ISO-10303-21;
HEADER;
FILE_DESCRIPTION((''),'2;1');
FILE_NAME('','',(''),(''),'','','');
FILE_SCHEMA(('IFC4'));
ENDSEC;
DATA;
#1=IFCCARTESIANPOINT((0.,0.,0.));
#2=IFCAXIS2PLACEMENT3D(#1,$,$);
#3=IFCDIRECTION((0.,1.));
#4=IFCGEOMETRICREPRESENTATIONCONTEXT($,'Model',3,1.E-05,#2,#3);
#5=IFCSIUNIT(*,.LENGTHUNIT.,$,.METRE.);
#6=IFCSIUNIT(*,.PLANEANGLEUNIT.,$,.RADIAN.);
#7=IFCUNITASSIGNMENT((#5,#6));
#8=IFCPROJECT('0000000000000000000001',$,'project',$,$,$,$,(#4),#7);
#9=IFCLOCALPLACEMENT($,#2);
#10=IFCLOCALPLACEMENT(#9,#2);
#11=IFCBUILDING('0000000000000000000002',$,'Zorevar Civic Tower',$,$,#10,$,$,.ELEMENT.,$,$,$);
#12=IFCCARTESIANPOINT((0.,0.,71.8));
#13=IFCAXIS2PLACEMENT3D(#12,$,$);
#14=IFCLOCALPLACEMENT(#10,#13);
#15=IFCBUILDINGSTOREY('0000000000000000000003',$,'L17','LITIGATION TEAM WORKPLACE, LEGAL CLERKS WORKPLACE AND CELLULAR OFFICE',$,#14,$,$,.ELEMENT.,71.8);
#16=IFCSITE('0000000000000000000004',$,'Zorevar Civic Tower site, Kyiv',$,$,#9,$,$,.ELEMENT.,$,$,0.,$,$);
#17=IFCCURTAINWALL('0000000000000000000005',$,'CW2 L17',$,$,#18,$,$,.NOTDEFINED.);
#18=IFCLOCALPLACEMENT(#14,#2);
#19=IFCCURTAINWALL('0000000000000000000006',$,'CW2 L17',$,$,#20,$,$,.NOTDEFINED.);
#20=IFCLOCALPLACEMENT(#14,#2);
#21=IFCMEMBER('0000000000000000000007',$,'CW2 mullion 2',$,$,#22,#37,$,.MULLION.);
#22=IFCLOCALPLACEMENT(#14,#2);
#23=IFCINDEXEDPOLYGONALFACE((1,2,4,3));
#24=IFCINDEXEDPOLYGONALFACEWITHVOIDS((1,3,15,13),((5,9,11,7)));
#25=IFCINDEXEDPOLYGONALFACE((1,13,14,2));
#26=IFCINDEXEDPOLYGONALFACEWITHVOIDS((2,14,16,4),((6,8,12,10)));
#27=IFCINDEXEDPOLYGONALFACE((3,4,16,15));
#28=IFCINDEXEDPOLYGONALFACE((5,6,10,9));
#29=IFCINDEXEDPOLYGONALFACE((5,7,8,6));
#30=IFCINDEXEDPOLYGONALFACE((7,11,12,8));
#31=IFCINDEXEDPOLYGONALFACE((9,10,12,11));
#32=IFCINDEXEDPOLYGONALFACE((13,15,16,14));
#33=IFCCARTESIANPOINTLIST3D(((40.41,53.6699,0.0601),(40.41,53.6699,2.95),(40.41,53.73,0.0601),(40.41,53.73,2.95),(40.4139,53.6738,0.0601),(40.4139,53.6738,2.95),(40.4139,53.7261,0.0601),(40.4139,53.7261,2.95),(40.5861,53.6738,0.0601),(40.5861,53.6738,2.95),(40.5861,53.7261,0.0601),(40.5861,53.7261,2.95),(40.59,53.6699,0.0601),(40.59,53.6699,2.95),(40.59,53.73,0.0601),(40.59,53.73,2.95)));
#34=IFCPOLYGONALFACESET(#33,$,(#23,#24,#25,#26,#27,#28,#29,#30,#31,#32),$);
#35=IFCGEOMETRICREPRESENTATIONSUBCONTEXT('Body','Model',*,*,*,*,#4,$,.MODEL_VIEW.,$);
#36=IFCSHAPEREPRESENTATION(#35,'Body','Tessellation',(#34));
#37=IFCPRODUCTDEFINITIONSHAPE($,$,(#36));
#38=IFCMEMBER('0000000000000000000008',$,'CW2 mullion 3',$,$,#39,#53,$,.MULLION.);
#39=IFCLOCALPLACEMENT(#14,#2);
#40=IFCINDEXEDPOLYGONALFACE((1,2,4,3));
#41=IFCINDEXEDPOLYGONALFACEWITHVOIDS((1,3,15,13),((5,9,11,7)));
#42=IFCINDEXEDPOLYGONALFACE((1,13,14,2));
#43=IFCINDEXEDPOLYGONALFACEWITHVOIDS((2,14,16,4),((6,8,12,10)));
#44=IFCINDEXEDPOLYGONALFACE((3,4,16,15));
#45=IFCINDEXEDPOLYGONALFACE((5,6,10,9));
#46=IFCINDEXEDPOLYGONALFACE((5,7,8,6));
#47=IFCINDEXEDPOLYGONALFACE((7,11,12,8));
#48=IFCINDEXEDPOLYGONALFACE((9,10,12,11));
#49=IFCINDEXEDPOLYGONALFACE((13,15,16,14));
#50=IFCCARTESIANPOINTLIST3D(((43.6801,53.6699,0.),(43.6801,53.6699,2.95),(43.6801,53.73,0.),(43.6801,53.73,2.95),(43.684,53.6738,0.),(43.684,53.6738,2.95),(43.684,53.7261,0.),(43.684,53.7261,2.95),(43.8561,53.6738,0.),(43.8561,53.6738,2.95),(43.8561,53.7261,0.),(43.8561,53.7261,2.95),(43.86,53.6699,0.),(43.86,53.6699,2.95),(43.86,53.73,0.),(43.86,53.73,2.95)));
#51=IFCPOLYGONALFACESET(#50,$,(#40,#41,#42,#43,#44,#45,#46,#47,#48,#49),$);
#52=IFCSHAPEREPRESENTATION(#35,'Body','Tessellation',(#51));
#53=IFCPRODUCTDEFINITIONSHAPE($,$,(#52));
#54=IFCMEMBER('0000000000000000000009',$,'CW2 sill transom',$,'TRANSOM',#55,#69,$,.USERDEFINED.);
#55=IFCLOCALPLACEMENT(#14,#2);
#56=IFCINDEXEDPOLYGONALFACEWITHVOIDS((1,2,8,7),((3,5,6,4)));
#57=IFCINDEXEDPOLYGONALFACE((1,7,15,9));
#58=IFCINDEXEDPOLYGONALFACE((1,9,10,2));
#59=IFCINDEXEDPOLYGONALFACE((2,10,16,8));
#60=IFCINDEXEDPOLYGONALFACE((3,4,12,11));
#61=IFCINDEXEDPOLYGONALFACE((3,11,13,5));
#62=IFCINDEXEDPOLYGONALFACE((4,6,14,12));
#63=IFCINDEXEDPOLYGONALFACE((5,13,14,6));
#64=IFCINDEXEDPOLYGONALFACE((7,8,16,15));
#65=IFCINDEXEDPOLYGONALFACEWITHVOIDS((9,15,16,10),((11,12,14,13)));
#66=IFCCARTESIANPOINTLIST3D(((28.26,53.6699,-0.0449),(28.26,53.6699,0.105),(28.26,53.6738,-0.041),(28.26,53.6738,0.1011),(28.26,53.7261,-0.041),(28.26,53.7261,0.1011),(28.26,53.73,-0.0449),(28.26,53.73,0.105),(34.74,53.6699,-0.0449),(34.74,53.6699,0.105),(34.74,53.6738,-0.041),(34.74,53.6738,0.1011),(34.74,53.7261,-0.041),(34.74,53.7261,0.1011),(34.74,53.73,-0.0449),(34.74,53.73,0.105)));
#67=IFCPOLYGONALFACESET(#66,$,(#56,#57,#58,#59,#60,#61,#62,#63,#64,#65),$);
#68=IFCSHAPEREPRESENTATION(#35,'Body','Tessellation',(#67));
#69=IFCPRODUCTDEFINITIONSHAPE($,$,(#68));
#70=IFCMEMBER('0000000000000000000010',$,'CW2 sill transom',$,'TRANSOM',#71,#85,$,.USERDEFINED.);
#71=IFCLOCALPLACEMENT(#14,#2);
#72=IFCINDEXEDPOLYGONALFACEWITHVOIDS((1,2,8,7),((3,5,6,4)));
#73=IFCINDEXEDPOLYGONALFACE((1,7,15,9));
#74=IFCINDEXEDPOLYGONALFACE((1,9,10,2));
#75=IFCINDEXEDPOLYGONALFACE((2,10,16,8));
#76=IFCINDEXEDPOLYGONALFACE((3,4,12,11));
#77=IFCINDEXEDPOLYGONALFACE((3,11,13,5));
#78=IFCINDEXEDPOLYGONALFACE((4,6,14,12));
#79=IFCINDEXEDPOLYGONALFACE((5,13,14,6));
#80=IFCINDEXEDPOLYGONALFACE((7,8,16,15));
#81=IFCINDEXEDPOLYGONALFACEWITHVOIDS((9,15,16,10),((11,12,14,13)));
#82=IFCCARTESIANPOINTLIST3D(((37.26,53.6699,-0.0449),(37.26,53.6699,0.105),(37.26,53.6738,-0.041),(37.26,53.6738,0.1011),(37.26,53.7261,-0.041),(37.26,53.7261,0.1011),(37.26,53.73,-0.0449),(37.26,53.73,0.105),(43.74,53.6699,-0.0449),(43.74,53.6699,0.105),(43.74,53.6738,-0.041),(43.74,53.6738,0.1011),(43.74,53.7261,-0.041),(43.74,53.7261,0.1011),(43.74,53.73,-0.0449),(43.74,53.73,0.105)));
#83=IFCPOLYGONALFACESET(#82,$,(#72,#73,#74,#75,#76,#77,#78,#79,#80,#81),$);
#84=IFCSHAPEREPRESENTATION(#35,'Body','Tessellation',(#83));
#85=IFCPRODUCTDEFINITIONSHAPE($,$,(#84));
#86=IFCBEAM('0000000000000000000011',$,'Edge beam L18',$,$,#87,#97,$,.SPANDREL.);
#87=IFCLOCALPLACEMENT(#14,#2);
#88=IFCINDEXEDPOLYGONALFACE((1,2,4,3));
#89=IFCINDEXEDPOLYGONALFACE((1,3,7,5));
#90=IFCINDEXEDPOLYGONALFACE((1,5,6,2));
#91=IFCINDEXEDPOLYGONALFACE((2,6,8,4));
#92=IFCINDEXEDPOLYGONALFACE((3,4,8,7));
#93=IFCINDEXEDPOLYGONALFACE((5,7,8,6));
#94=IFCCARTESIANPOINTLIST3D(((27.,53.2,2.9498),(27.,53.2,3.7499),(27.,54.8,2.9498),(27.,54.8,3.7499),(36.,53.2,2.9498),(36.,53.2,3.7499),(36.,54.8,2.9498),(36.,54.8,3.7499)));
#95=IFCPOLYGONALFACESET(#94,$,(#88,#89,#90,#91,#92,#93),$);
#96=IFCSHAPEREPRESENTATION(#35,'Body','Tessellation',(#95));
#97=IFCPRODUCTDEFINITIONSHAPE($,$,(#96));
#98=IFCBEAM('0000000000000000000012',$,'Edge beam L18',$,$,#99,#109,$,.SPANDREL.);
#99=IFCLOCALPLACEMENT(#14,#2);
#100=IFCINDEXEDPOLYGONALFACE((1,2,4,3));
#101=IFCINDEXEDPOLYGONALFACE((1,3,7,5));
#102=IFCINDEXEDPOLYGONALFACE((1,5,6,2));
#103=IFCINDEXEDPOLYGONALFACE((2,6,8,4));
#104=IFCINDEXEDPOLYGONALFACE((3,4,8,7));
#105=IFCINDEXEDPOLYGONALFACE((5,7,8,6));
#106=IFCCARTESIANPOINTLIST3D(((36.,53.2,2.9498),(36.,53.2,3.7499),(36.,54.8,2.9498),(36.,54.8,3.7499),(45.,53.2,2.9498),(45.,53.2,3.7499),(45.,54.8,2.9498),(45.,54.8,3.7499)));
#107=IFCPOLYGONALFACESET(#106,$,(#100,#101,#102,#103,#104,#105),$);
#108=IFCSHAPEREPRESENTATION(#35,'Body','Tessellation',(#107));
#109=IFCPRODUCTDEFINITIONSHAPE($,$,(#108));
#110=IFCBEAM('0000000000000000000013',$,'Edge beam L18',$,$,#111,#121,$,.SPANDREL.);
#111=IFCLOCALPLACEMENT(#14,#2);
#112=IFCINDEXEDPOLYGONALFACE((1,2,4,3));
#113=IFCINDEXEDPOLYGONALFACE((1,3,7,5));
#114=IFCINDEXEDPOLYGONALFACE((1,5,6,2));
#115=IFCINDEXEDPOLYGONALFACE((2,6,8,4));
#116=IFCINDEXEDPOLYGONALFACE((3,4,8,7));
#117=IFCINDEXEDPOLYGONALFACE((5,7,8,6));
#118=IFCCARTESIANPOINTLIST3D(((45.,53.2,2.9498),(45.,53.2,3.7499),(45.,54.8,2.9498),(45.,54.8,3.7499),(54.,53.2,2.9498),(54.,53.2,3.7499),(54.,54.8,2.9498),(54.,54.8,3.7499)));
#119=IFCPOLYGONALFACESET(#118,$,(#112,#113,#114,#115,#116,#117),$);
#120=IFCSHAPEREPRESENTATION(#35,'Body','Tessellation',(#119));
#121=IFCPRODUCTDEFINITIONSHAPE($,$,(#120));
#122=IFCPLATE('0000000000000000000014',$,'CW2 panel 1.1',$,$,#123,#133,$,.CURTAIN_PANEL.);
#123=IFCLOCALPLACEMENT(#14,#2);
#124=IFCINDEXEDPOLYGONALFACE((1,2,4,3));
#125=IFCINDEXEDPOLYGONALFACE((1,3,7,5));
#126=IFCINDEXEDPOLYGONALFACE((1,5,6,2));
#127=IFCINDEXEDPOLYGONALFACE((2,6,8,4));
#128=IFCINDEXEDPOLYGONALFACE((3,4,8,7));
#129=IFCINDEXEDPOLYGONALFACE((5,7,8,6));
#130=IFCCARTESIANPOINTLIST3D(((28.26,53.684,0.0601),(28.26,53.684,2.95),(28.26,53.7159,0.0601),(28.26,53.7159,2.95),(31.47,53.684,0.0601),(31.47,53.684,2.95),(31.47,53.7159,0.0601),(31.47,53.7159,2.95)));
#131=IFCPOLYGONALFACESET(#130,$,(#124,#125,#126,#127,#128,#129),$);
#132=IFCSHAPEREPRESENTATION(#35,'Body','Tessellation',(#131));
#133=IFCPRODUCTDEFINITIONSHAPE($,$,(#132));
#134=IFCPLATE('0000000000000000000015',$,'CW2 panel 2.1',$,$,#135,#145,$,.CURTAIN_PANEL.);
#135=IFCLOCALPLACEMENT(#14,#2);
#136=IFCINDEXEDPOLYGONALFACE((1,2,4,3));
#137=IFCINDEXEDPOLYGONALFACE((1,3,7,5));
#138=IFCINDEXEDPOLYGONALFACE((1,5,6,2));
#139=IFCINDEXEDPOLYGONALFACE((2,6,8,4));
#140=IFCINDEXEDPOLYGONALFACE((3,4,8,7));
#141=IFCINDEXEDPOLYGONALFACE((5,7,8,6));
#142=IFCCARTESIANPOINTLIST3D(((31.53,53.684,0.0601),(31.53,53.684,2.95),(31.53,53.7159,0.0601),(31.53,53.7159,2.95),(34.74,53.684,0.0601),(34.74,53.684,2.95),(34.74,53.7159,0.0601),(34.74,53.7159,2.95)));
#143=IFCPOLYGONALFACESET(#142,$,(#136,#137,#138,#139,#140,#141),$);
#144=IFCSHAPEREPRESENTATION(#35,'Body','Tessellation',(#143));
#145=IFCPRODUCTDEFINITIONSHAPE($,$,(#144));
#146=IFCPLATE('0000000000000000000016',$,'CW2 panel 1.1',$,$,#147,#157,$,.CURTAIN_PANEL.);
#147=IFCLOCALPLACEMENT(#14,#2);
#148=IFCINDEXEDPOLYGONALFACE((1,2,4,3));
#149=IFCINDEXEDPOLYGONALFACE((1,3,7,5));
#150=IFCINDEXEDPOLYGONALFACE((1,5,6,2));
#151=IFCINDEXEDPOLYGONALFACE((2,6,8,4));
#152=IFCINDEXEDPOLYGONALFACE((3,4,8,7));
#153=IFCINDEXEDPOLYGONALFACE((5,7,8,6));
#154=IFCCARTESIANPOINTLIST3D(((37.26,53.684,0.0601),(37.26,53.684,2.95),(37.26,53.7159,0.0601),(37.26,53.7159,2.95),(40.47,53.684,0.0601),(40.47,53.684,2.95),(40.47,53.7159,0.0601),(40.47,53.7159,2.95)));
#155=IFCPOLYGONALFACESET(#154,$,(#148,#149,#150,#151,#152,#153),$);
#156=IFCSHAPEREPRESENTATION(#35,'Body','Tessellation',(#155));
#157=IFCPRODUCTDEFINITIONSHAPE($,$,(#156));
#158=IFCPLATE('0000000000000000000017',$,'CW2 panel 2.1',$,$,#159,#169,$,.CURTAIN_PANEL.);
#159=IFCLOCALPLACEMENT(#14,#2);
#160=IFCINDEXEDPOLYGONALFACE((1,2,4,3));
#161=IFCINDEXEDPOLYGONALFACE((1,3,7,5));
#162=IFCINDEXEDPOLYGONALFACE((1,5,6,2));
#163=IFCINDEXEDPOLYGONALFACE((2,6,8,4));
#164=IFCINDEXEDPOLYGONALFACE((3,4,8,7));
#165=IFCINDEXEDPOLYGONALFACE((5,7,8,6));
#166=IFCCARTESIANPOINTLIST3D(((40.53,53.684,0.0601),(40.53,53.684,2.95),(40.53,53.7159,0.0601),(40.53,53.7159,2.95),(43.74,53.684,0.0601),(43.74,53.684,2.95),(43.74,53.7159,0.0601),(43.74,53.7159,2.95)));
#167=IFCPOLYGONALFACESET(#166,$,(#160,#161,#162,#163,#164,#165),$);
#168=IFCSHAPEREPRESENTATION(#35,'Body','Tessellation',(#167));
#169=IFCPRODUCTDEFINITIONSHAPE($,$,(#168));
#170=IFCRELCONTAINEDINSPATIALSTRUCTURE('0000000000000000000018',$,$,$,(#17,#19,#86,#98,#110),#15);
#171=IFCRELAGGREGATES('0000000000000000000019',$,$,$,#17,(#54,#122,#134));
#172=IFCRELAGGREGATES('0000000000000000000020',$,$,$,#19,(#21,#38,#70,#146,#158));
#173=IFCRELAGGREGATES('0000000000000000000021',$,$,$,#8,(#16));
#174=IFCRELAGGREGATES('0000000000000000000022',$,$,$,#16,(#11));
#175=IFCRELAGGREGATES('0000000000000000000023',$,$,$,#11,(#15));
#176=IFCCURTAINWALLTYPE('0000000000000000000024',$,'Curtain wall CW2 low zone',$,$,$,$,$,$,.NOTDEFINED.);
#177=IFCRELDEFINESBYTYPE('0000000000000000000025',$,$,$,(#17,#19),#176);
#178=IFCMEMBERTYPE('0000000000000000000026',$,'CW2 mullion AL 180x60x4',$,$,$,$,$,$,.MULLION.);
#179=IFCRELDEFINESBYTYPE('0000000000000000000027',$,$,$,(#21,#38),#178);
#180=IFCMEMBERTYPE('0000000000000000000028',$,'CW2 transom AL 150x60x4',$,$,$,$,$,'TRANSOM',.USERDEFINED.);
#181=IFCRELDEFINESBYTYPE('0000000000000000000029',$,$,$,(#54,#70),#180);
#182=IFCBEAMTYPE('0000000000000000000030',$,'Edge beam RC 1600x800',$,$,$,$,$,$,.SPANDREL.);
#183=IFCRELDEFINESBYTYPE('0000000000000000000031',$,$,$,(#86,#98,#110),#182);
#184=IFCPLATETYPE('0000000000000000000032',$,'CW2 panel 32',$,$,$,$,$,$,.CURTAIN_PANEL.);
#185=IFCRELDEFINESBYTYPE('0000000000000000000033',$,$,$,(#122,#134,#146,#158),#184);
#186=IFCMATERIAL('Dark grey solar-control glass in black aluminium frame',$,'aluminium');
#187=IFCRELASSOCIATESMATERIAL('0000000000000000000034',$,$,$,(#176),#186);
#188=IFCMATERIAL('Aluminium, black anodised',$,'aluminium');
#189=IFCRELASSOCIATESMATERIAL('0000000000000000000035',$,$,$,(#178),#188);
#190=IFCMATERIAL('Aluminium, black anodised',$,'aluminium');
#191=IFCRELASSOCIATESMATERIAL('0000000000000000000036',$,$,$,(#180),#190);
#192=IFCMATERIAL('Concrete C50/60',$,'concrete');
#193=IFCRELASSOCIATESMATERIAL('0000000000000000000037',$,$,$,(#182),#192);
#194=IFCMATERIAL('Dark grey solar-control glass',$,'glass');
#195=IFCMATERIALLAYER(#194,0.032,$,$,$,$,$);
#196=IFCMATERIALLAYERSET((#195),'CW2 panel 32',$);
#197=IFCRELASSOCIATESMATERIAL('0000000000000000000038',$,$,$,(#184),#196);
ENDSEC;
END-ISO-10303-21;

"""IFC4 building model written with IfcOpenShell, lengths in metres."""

from ifc_helpers import new_model, si_unit, direction, frame, origin, origin_2d, place, context, subcontext, project, spatial, rectangle, hollow_rectangle, extrude, material, layer, layer_set, material_profile, profile_set, type_object, element, aggregate, save


model = new_model("IFC4")

# Units and contexts
model_context = context("Model", 3, precision=1e-05, world=origin(), true_north=direction((0.0, 1.0)))
body_context = subcontext(model_context, "Body", "Model", "MODEL_VIEW")
ifc_project = project(units=[si_unit("LENGTHUNIT", "METRE"), si_unit("PLANEANGLEUNIT", "RADIAN")], contexts=[model_context])

# Site, building, storey
site_placement = place(None, origin())
site = spatial("IfcSite", under=ifc_project, at=site_placement, Name="Zorevar Civic Tower site, Kyiv", CompositionType="ELEMENT", RefElevation=0.0)
building_placement = place(site_placement, origin())
building = spatial("IfcBuilding", under=site, at=building_placement, Name="Zorevar Civic Tower", CompositionType="ELEMENT")
storey_placement = place(building_placement, frame((0.0, 0.0, 71.8)))
storey = spatial("IfcBuildingStorey", under=building, at=storey_placement, Name="L17", Description="LITIGATION TEAM WORKPLACE, LEGAL CLERKS WORKPLACE AND CELLULAR OFFICE", CompositionType="ELEMENT", Elevation=71.8)

# Curtain walls, members
ifc_material_1 = material(Name="Dark grey solar-control glass in black aluminium frame", Category="aluminium")
curtain_wall_type = type_object("IfcCurtainWallType", Name="Curtain wall CW2 low zone", PredefinedType="NOTDEFINED", material=ifc_material_1)
curtain_wall_1_placement = place(storey_placement, origin())
curtain_wall_1 = element("IfcCurtainWall", 1, at=curtain_wall_1_placement, inside=storey, type_object=curtain_wall_type, Name="CW2 L17", PredefinedType="NOTDEFINED")
ifc_material_2 = material(Name="Aluminium, black anodised", Category="aluminium")
ifc_material_profile_1 = material_profile(ifc_material_2, hollow_rectangle(XDim=0.0601, YDim=0.1799, WallThickness=0.0039, at=origin_2d()), Name="AL 180x60x4")
ifc_profile_set_1 = profile_set([ifc_material_profile_1], Name="Aluminium, black anodised")
member_type_1 = type_object("IfcMemberType", Name="CW2 mullion AL 180x60x4", PredefinedType="MULLION", material=ifc_profile_set_1)
curtain_wall_2_placement = place(storey_placement, origin())
curtain_wall_2 = element("IfcCurtainWall", 2, at=curtain_wall_2_placement, inside=storey, type_object=curtain_wall_type, Name="CW2 L17", PredefinedType="NOTDEFINED")
member_1_placement = place(storey_placement, frame((40.5, 53.7, 0.0601), z_axis=(0.0, 0.0, 1.0), x_axis=(0.0, 1.0, 0.0)))
member_1 = element("IfcMember", 3, at=member_1_placement, type_object=member_type_1, Name="CW2 mullion 2", PredefinedType="MULLION", context=body_context, shape_type="SweptSolid", body=[
    extrude(hollow_rectangle(XDim=0.0601, YDim=0.1799, WallThickness=0.0039, at=origin_2d()), origin(), (0.0, 0.0, 1.0), 2.8899),
])
member_2_placement = place(storey_placement, frame((43.77, 53.7, 0.0), z_axis=(0.0, 0.0, 1.0), x_axis=(0.0, 1.0, 0.0)))
member_2 = element("IfcMember", 4, at=member_2_placement, type_object=member_type_1, Name="CW2 mullion 3", PredefinedType="MULLION", context=body_context, shape_type="SweptSolid", body=[
    extrude(hollow_rectangle(XDim=0.0601, YDim=0.1799, WallThickness=0.0039, at=origin_2d()), origin(), (0.0, 0.0, 1.0), 2.95),
])

# Members
ifc_material_3 = material(Name="Aluminium, black anodised", Category="aluminium")
ifc_material_profile_2 = material_profile(ifc_material_3, hollow_rectangle(XDim=0.0601, YDim=0.1499, WallThickness=0.0039, at=origin_2d()), Name="AL 150x60x4")
ifc_profile_set_2 = profile_set([ifc_material_profile_2], Name="Aluminium, black anodised")
member_type_2 = type_object("IfcMemberType", Name="CW2 transom AL 150x60x4", ElementType="TRANSOM", PredefinedType="USERDEFINED", material=ifc_profile_set_2)
member_3_placement = place(storey_placement, frame((28.26, 53.7, 0.03), z_axis=(1.0, 0.0, 0.0), x_axis=(0.0, 1.0, 0.0)))
member_3 = element("IfcMember", 5, at=member_3_placement, type_object=member_type_2, Name="CW2 sill transom", ObjectType="TRANSOM", PredefinedType="USERDEFINED", context=body_context, shape_type="SweptSolid", body=[
    extrude(hollow_rectangle(XDim=0.0601, YDim=0.1499, WallThickness=0.0039, at=origin_2d()), origin(), (0.0, 0.0, 1.0), 6.48),
])
member_4_placement = place(storey_placement, frame((37.26, 53.7, 0.03), z_axis=(1.0, 0.0, 0.0), x_axis=(0.0, 1.0, 0.0)))
member_4 = element("IfcMember", 6, at=member_4_placement, type_object=member_type_2, Name="CW2 sill transom", ObjectType="TRANSOM", PredefinedType="USERDEFINED", context=body_context, shape_type="SweptSolid", body=[
    extrude(hollow_rectangle(XDim=0.0601, YDim=0.1499, WallThickness=0.0039, at=origin_2d()), origin(), (0.0, 0.0, 1.0), 6.48),
])

# Beams
ifc_material_4 = material(Name="Concrete C50/60", Category="concrete")
ifc_material_profile_3 = material_profile(ifc_material_4, rectangle(XDim=1.6001, YDim=0.8, at=origin_2d()), Name="RC 1600x800")
ifc_profile_set_3 = profile_set([ifc_material_profile_3], Name="Concrete C50/60")
beam_type_1 = type_object("IfcBeamType", Name="Edge beam RC 1600x800", PredefinedType="SPANDREL", material=ifc_profile_set_3)
for number, where, z_axis, x_axis, name in (
    (7, (27.0, 54.0, 3.3499), (1.0, 0.0, 0.0), (0.0, 1.0, 0.0), "Edge beam L18"),
    (8, (36.0, 54.0, 3.3499), (1.0, 0.0, 0.0), (0.0, 1.0, 0.0), "Edge beam L18"),
    (9, (45.0, 54.0, 3.3499), (1.0, 0.0, 0.0), (0.0, 1.0, 0.0), "Edge beam L18"),
):
    element("IfcBeam", number, at=place(storey_placement, frame(where, z_axis=z_axis, x_axis=x_axis)), inside=storey, type_object=beam_type_1, Name=name, PredefinedType="SPANDREL", context=body_context, shape_type="SweptSolid", body=[
        extrude(rectangle(XDim=1.6001, YDim=0.8, at=origin_2d()), origin(), (0.0, 0.0, 1.0), 9.0),
    ])

# Plates
ifc_material_5 = material(Name="Dark grey solar-control glass", Category="glass")
ifc_layer_1 = layer(ifc_material_5, 0.032)
ifc_layer_set_1 = layer_set([ifc_layer_1], Name="CW2 panel 32")
plate_type = type_object("IfcPlateType", Name="CW2 panel 32", PredefinedType="CURTAIN_PANEL", material=ifc_layer_set_1)
plate_1_placement = place(storey_placement, frame((29.865, 53.7, 0.0601), z_axis=(0.0, 0.0, 1.0), x_axis=(1.0, 0.0, 0.0)))
plate_1 = element("IfcPlate", 10, at=plate_1_placement, type_object=plate_type, Name="CW2 panel 1.1", PredefinedType="CURTAIN_PANEL", context=body_context, shape_type="SweptSolid", body=[
    extrude(rectangle(XDim=3.21, YDim=0.032, at=origin_2d()), origin(), (0.0, 0.0, 1.0), 2.8899),
])
plate_2_placement = place(storey_placement, frame((33.135, 53.7, 0.0601), z_axis=(0.0, 0.0, 1.0), x_axis=(1.0, 0.0, 0.0)))
plate_2 = element("IfcPlate", 11, at=plate_2_placement, type_object=plate_type, Name="CW2 panel 2.1", PredefinedType="CURTAIN_PANEL", context=body_context, shape_type="SweptSolid", body=[
    extrude(rectangle(XDim=3.21, YDim=0.032, at=origin_2d()), origin(), (0.0, 0.0, 1.0), 2.8899),
])
aggregate(curtain_wall_1, [member_3, plate_1, plate_2])
plate_3_placement = place(storey_placement, frame((38.865, 53.7, 0.0601), z_axis=(0.0, 0.0, 1.0), x_axis=(1.0, 0.0, 0.0)))
plate_3 = element("IfcPlate", 12, at=plate_3_placement, type_object=plate_type, Name="CW2 panel 1.1", PredefinedType="CURTAIN_PANEL", context=body_context, shape_type="SweptSolid", body=[
    extrude(rectangle(XDim=3.21, YDim=0.032, at=origin_2d()), origin(), (0.0, 0.0, 1.0), 2.8899),
])
plate_4_placement = place(storey_placement, frame((42.135, 53.7, 0.0601), z_axis=(0.0, 0.0, 1.0), x_axis=(1.0, 0.0, 0.0)))
plate_4 = element("IfcPlate", 13, at=plate_4_placement, type_object=plate_type, Name="CW2 panel 2.1", PredefinedType="CURTAIN_PANEL", context=body_context, shape_type="SweptSolid", body=[
    extrude(rectangle(XDim=3.21, YDim=0.032, at=origin_2d()), origin(), (0.0, 0.0, 1.0), 2.8899),
])
aggregate(curtain_wall_2, [member_1, member_2, member_4, plate_3, plate_4])

save(model, "model.ifc")
